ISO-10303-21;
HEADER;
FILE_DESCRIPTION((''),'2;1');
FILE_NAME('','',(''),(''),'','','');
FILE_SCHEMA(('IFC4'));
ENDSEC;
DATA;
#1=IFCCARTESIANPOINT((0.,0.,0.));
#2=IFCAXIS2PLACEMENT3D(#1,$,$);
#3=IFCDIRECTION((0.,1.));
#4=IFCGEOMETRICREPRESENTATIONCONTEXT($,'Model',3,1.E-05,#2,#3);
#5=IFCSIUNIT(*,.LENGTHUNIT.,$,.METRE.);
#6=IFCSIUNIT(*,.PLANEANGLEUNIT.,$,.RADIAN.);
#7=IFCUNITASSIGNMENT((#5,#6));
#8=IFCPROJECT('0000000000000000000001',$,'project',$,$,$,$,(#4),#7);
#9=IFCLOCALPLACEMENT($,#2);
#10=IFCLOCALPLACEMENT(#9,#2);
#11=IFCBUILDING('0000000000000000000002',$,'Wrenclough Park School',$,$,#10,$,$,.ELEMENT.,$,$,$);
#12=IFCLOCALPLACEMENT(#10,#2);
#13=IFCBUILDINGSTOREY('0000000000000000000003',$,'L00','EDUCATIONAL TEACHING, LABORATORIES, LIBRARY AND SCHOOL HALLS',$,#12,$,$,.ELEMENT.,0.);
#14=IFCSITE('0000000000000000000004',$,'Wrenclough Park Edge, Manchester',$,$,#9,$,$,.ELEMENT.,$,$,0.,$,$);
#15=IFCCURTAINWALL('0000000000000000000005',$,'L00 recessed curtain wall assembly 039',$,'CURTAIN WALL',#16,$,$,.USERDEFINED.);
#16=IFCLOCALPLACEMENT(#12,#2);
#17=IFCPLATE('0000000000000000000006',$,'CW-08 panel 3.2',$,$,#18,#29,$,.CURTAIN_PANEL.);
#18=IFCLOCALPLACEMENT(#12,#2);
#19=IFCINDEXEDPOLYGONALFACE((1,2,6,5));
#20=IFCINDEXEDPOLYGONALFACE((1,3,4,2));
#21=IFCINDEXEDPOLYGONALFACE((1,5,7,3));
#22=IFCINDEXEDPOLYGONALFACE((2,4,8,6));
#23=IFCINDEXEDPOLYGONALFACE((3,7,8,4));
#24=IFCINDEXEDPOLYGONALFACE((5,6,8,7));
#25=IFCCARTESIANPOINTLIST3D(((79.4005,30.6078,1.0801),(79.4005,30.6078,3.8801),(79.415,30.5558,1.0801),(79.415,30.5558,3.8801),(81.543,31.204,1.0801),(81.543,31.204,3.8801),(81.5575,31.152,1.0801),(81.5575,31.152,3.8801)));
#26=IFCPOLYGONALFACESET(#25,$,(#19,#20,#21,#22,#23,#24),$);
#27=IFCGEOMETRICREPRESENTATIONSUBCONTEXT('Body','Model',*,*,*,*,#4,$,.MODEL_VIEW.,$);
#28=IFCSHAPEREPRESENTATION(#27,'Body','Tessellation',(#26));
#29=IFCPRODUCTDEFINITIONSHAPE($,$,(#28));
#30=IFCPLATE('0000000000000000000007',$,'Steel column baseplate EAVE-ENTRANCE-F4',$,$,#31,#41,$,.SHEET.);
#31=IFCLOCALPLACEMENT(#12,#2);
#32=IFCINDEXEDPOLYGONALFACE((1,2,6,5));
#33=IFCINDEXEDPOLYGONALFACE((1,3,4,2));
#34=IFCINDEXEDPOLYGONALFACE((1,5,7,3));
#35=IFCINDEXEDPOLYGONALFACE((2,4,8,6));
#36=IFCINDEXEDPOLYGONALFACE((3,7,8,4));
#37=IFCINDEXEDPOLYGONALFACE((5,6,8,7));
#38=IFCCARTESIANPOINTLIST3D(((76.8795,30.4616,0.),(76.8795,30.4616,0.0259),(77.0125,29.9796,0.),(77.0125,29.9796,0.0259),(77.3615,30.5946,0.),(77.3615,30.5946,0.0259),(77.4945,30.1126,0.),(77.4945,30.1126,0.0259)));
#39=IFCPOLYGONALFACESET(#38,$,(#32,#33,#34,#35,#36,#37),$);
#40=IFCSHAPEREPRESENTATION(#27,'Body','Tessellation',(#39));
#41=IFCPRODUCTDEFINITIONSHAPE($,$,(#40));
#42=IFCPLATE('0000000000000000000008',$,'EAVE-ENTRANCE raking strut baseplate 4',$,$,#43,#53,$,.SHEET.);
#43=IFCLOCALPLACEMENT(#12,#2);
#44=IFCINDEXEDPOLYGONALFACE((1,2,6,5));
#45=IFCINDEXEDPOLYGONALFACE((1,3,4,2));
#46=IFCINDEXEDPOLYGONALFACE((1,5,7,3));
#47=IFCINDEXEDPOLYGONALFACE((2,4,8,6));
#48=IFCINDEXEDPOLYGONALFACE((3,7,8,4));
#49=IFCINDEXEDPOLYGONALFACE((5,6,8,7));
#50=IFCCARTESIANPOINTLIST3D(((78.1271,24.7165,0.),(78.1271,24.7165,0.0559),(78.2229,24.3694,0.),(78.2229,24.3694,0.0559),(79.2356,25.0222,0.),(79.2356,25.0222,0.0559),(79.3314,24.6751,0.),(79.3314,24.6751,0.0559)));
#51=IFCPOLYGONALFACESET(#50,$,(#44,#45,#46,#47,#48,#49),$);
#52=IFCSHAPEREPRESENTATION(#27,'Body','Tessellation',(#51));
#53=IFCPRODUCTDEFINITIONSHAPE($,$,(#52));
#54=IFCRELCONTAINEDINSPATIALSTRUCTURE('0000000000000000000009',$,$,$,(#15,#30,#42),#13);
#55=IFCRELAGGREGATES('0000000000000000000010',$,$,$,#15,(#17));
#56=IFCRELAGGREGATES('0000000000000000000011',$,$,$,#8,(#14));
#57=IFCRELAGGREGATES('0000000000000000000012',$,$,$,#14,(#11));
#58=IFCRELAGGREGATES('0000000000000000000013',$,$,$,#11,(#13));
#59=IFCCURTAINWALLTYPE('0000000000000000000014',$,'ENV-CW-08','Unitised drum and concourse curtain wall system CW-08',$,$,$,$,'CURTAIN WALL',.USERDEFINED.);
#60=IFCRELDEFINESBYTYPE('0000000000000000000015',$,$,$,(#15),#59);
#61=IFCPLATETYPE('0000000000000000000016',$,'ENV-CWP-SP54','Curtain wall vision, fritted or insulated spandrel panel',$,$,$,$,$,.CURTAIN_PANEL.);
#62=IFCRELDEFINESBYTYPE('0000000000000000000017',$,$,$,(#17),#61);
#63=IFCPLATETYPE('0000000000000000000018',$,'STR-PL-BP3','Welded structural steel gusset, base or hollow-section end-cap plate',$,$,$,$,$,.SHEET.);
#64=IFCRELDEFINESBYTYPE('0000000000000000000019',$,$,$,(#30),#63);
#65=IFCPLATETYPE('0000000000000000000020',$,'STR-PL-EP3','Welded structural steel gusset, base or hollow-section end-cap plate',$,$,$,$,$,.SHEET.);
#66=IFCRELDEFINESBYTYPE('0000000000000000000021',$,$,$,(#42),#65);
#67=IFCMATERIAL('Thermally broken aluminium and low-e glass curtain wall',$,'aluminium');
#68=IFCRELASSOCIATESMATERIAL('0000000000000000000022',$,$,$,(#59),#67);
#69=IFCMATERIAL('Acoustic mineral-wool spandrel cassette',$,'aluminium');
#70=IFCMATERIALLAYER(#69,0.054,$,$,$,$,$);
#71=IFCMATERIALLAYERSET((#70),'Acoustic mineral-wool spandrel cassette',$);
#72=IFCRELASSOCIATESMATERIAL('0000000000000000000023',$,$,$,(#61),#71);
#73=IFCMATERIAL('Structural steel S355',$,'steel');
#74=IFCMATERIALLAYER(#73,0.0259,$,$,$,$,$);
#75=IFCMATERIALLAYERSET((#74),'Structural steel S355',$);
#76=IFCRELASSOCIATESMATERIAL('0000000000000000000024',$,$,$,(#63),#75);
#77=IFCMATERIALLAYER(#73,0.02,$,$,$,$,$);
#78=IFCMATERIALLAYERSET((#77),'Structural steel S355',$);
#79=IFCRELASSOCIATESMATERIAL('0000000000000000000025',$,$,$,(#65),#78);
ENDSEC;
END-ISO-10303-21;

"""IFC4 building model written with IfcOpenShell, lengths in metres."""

from ifc_helpers import new_model, si_unit, direction, frame, origin, origin_2d, place, context, subcontext, project, spatial, rectangle, extrude, material, layer, layer_set, type_object, element, aggregate, save


model = new_model("IFC4")

# Units and contexts
model_context = context("Model", 3, precision=1e-05, world=origin(), true_north=direction((0.0, 1.0)))
body_context = subcontext(model_context, "Body", "Model", "MODEL_VIEW")
ifc_project = project(units=[si_unit("LENGTHUNIT", "METRE"), si_unit("PLANEANGLEUNIT", "RADIAN")], contexts=[model_context])

# Site, building, storey
site_placement = place(None, origin())
site = spatial("IfcSite", under=ifc_project, at=site_placement, Name="Wrenclough Park Edge, Manchester", CompositionType="ELEMENT", RefElevation=0.0)
building_placement = place(site_placement, origin())
building = spatial("IfcBuilding", under=site, at=building_placement, Name="Wrenclough Park School", CompositionType="ELEMENT")
storey_placement = place(building_placement, origin())
storey = spatial("IfcBuildingStorey", under=building, at=storey_placement, Name="L00", Description="EDUCATIONAL TEACHING, LABORATORIES, LIBRARY AND SCHOOL HALLS", CompositionType="ELEMENT", Elevation=0.0)

# Shared definitions
ifc_material_1 = material(Name="Structural steel S355", Category="steel")

# Curtain wall
ifc_material_2 = material(Name="Thermally broken aluminium and low-e glass curtain wall", Category="aluminium")
curtain_wall_type_1 = type_object("IfcCurtainWallType", Name="ENV-CW-08", Description="Unitised drum and concourse curtain wall system CW-08", ElementType="CURTAIN WALL", PredefinedType="USERDEFINED", material=ifc_material_2)
curtain_wall_1_placement = place(storey_placement, origin())
curtain_wall_1 = element("IfcCurtainWall", 1, at=curtain_wall_1_placement, inside=storey, type_object=curtain_wall_type_1, Name="L00 recessed curtain wall assembly 039", ObjectType="CURTAIN WALL", PredefinedType="USERDEFINED")

# Plate
ifc_material_3 = material(Name="Acoustic mineral-wool spandrel cassette", Category="aluminium")
ifc_layer_1 = layer(ifc_material_3, 0.054)
ifc_layer_set_1 = layer_set([ifc_layer_1], Name="Acoustic mineral-wool spandrel cassette")
plate_type_1 = type_object("IfcPlateType", Name="ENV-CWP-SP54", Description="Curtain wall vision, fritted or insulated spandrel panel", PredefinedType="CURTAIN_PANEL", material=ifc_layer_set_1)
plate_1_placement = place(storey_placement, frame((80.479, 30.8799, 1.0801), z_axis=(0.0, 0.0, 1.0), x_axis=(-0.963399, -0.268073, 0.0)))
plate_1 = element("IfcPlate", 2, at=plate_1_placement, type_object=plate_type_1, Name="CW-08 panel 3.2", PredefinedType="CURTAIN_PANEL", context=body_context, shape_type="SweptSolid", body=[
    extrude(rectangle(XDim=2.2239, YDim=0.054, at=origin_2d()), origin(), (0.0, 0.0, 1.0), 2.8),
])
aggregate(curtain_wall_1, [plate_1])

# Plates
ifc_layer_2 = layer(ifc_material_1, 0.0259)
ifc_layer_set_2 = layer_set([ifc_layer_2], Name="Structural steel S355")
plate_type_2 = type_object("IfcPlateType", Name="STR-PL-BP3", Description="Welded structural steel gusset, base or hollow-section end-cap plate", PredefinedType="SHEET", material=ifc_layer_set_2)
plate_2_placement = place(storey_placement, frame((77.187, 30.2871, 0.0), z_axis=(0.0, 0.0, 1.0), x_axis=(0.964003, 0.265893, 0.0)))
element("IfcPlate", 3, at=plate_2_placement, inside=storey, type_object=plate_type_2, Name="Steel column baseplate EAVE-ENTRANCE-F4", PredefinedType="SHEET", context=body_context, shape_type="SweptSolid", body=[
    extrude(rectangle(XDim=0.5, YDim=0.5, at=origin_2d()), origin(), (0.0, 0.0, 1.0), 0.0259),
])
ifc_layer_3 = layer(ifc_material_1, 0.02)
ifc_layer_set_3 = layer_set([ifc_layer_3], Name="Structural steel S355")
plate_type_3 = type_object("IfcPlateType", Name="STR-PL-EP3", Description="Welded structural steel gusset, base or hollow-section end-cap plate", PredefinedType="SHEET", material=ifc_layer_set_3)
plate_3_placement = place(storey_placement, frame((78.7292, 24.6958, 0.0), z_axis=(0.0, 0.0, 1.0), x_axis=(0.964003, 0.265893, 0.0)))
element("IfcPlate", 4, at=plate_3_placement, inside=storey, type_object=plate_type_3, Name="EAVE-ENTRANCE raking strut baseplate 4", PredefinedType="SHEET", context=body_context, shape_type="SweptSolid", body=[
    extrude(rectangle(XDim=1.1499, YDim=0.3601, at=origin_2d()), origin(), (0.0, 0.0, 1.0), 0.0559),
])

save(model, "model.ifc")
